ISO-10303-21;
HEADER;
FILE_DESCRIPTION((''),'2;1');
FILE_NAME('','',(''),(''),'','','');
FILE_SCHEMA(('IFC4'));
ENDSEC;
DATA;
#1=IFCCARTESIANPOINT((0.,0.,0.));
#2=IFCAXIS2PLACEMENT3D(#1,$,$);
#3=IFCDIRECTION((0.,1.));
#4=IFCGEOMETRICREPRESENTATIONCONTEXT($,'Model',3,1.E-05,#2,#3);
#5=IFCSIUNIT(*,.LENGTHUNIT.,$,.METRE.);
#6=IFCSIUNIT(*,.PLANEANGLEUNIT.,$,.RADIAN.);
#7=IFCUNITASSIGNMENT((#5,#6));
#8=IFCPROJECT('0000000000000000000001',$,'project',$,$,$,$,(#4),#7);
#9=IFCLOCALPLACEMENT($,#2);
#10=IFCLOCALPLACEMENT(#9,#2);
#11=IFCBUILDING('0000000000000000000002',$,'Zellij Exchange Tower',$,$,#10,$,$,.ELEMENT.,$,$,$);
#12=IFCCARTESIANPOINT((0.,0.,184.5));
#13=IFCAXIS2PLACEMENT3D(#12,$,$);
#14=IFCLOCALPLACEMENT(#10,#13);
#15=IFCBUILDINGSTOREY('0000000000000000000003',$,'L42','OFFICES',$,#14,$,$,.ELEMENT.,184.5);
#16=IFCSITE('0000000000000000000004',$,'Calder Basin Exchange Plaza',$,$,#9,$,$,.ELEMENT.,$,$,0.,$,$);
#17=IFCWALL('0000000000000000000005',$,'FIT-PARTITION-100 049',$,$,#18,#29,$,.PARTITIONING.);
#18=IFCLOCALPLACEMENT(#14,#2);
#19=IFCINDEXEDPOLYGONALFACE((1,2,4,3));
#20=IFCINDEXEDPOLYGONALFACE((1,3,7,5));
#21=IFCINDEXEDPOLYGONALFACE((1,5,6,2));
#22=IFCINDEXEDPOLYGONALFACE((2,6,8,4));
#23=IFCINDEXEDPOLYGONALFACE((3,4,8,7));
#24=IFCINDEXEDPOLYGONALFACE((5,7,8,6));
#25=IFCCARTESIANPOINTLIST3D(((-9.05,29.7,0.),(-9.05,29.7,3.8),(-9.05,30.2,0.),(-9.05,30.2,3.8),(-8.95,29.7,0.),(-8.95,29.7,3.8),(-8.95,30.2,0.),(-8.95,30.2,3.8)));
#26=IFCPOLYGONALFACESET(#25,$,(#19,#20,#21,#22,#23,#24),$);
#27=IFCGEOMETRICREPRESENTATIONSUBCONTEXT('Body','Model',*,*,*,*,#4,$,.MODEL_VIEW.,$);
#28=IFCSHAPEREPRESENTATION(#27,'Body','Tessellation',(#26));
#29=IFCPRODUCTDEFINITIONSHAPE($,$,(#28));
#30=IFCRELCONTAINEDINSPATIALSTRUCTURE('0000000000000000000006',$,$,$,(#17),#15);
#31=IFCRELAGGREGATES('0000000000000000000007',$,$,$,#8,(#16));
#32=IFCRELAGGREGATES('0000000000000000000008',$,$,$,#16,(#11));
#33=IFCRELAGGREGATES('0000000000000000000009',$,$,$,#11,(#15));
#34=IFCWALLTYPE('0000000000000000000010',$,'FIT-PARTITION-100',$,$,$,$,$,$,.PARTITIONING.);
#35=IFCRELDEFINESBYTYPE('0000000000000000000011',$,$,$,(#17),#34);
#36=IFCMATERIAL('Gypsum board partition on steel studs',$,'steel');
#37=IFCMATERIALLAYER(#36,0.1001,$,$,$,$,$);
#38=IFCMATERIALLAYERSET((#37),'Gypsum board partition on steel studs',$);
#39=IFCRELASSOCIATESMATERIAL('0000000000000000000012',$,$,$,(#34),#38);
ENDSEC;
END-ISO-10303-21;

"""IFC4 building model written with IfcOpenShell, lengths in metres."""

from ifc_helpers import new_model, si_unit, direction, frame, frame_2d, origin, place, context, subcontext, project, spatial, rectangle, extrude, material, layer, layer_set, type_object, element, save


model = new_model("IFC4")

# Units and contexts
model_context = context("Model", 3, precision=1e-05, world=origin(), true_north=direction((0.0, 1.0)))
body_context = subcontext(model_context, "Body", "Model", "MODEL_VIEW")
ifc_project = project(units=[si_unit("LENGTHUNIT", "METRE"), si_unit("PLANEANGLEUNIT", "RADIAN")], contexts=[model_context])

# Site, building, storey
site_placement = place(None, origin())
site = spatial("IfcSite", under=ifc_project, at=site_placement, Name="Calder Basin Exchange Plaza", CompositionType="ELEMENT", RefElevation=0.0)
building_placement = place(site_placement, origin())
building = spatial("IfcBuilding", under=site, at=building_placement, Name="Zellij Exchange Tower", CompositionType="ELEMENT")
storey_placement = place(building_placement, frame((0.0, 0.0, 184.5)))
storey = spatial("IfcBuildingStorey", under=building, at=storey_placement, Name="L42", Description="OFFICES", CompositionType="ELEMENT", Elevation=184.5)

# Shared definitions
ifc_material_1 = material(Name="Gypsum board partition on steel studs", Category="steel")
ifc_layer = layer(ifc_material_1, 0.1001)
ifc_layer_set = layer_set([ifc_layer], Name="Gypsum board partition on steel studs")
wall_type = type_object("IfcWallType", Name="FIT-PARTITION-100", PredefinedType="PARTITIONING", material=ifc_layer_set)

# Wall
wall_1_placement = place(storey_placement, frame((-9.0, 29.7, 0.0), z_axis=(0.0, 0.0, 1.0), x_axis=(0.0, 1.0, 0.0)))
element("IfcWall", 1, at=wall_1_placement, inside=storey, type_object=wall_type, Name="FIT-PARTITION-100 049", PredefinedType="PARTITIONING", context=body_context, shape_type="SweptSolid", body=[
    extrude(rectangle(XDim=0.5, YDim=0.1001, at=frame_2d((0.25, 0.0))), origin(), (0.0, 0.0, 1.0), 3.8),
])

save(model, "model.ifc")
